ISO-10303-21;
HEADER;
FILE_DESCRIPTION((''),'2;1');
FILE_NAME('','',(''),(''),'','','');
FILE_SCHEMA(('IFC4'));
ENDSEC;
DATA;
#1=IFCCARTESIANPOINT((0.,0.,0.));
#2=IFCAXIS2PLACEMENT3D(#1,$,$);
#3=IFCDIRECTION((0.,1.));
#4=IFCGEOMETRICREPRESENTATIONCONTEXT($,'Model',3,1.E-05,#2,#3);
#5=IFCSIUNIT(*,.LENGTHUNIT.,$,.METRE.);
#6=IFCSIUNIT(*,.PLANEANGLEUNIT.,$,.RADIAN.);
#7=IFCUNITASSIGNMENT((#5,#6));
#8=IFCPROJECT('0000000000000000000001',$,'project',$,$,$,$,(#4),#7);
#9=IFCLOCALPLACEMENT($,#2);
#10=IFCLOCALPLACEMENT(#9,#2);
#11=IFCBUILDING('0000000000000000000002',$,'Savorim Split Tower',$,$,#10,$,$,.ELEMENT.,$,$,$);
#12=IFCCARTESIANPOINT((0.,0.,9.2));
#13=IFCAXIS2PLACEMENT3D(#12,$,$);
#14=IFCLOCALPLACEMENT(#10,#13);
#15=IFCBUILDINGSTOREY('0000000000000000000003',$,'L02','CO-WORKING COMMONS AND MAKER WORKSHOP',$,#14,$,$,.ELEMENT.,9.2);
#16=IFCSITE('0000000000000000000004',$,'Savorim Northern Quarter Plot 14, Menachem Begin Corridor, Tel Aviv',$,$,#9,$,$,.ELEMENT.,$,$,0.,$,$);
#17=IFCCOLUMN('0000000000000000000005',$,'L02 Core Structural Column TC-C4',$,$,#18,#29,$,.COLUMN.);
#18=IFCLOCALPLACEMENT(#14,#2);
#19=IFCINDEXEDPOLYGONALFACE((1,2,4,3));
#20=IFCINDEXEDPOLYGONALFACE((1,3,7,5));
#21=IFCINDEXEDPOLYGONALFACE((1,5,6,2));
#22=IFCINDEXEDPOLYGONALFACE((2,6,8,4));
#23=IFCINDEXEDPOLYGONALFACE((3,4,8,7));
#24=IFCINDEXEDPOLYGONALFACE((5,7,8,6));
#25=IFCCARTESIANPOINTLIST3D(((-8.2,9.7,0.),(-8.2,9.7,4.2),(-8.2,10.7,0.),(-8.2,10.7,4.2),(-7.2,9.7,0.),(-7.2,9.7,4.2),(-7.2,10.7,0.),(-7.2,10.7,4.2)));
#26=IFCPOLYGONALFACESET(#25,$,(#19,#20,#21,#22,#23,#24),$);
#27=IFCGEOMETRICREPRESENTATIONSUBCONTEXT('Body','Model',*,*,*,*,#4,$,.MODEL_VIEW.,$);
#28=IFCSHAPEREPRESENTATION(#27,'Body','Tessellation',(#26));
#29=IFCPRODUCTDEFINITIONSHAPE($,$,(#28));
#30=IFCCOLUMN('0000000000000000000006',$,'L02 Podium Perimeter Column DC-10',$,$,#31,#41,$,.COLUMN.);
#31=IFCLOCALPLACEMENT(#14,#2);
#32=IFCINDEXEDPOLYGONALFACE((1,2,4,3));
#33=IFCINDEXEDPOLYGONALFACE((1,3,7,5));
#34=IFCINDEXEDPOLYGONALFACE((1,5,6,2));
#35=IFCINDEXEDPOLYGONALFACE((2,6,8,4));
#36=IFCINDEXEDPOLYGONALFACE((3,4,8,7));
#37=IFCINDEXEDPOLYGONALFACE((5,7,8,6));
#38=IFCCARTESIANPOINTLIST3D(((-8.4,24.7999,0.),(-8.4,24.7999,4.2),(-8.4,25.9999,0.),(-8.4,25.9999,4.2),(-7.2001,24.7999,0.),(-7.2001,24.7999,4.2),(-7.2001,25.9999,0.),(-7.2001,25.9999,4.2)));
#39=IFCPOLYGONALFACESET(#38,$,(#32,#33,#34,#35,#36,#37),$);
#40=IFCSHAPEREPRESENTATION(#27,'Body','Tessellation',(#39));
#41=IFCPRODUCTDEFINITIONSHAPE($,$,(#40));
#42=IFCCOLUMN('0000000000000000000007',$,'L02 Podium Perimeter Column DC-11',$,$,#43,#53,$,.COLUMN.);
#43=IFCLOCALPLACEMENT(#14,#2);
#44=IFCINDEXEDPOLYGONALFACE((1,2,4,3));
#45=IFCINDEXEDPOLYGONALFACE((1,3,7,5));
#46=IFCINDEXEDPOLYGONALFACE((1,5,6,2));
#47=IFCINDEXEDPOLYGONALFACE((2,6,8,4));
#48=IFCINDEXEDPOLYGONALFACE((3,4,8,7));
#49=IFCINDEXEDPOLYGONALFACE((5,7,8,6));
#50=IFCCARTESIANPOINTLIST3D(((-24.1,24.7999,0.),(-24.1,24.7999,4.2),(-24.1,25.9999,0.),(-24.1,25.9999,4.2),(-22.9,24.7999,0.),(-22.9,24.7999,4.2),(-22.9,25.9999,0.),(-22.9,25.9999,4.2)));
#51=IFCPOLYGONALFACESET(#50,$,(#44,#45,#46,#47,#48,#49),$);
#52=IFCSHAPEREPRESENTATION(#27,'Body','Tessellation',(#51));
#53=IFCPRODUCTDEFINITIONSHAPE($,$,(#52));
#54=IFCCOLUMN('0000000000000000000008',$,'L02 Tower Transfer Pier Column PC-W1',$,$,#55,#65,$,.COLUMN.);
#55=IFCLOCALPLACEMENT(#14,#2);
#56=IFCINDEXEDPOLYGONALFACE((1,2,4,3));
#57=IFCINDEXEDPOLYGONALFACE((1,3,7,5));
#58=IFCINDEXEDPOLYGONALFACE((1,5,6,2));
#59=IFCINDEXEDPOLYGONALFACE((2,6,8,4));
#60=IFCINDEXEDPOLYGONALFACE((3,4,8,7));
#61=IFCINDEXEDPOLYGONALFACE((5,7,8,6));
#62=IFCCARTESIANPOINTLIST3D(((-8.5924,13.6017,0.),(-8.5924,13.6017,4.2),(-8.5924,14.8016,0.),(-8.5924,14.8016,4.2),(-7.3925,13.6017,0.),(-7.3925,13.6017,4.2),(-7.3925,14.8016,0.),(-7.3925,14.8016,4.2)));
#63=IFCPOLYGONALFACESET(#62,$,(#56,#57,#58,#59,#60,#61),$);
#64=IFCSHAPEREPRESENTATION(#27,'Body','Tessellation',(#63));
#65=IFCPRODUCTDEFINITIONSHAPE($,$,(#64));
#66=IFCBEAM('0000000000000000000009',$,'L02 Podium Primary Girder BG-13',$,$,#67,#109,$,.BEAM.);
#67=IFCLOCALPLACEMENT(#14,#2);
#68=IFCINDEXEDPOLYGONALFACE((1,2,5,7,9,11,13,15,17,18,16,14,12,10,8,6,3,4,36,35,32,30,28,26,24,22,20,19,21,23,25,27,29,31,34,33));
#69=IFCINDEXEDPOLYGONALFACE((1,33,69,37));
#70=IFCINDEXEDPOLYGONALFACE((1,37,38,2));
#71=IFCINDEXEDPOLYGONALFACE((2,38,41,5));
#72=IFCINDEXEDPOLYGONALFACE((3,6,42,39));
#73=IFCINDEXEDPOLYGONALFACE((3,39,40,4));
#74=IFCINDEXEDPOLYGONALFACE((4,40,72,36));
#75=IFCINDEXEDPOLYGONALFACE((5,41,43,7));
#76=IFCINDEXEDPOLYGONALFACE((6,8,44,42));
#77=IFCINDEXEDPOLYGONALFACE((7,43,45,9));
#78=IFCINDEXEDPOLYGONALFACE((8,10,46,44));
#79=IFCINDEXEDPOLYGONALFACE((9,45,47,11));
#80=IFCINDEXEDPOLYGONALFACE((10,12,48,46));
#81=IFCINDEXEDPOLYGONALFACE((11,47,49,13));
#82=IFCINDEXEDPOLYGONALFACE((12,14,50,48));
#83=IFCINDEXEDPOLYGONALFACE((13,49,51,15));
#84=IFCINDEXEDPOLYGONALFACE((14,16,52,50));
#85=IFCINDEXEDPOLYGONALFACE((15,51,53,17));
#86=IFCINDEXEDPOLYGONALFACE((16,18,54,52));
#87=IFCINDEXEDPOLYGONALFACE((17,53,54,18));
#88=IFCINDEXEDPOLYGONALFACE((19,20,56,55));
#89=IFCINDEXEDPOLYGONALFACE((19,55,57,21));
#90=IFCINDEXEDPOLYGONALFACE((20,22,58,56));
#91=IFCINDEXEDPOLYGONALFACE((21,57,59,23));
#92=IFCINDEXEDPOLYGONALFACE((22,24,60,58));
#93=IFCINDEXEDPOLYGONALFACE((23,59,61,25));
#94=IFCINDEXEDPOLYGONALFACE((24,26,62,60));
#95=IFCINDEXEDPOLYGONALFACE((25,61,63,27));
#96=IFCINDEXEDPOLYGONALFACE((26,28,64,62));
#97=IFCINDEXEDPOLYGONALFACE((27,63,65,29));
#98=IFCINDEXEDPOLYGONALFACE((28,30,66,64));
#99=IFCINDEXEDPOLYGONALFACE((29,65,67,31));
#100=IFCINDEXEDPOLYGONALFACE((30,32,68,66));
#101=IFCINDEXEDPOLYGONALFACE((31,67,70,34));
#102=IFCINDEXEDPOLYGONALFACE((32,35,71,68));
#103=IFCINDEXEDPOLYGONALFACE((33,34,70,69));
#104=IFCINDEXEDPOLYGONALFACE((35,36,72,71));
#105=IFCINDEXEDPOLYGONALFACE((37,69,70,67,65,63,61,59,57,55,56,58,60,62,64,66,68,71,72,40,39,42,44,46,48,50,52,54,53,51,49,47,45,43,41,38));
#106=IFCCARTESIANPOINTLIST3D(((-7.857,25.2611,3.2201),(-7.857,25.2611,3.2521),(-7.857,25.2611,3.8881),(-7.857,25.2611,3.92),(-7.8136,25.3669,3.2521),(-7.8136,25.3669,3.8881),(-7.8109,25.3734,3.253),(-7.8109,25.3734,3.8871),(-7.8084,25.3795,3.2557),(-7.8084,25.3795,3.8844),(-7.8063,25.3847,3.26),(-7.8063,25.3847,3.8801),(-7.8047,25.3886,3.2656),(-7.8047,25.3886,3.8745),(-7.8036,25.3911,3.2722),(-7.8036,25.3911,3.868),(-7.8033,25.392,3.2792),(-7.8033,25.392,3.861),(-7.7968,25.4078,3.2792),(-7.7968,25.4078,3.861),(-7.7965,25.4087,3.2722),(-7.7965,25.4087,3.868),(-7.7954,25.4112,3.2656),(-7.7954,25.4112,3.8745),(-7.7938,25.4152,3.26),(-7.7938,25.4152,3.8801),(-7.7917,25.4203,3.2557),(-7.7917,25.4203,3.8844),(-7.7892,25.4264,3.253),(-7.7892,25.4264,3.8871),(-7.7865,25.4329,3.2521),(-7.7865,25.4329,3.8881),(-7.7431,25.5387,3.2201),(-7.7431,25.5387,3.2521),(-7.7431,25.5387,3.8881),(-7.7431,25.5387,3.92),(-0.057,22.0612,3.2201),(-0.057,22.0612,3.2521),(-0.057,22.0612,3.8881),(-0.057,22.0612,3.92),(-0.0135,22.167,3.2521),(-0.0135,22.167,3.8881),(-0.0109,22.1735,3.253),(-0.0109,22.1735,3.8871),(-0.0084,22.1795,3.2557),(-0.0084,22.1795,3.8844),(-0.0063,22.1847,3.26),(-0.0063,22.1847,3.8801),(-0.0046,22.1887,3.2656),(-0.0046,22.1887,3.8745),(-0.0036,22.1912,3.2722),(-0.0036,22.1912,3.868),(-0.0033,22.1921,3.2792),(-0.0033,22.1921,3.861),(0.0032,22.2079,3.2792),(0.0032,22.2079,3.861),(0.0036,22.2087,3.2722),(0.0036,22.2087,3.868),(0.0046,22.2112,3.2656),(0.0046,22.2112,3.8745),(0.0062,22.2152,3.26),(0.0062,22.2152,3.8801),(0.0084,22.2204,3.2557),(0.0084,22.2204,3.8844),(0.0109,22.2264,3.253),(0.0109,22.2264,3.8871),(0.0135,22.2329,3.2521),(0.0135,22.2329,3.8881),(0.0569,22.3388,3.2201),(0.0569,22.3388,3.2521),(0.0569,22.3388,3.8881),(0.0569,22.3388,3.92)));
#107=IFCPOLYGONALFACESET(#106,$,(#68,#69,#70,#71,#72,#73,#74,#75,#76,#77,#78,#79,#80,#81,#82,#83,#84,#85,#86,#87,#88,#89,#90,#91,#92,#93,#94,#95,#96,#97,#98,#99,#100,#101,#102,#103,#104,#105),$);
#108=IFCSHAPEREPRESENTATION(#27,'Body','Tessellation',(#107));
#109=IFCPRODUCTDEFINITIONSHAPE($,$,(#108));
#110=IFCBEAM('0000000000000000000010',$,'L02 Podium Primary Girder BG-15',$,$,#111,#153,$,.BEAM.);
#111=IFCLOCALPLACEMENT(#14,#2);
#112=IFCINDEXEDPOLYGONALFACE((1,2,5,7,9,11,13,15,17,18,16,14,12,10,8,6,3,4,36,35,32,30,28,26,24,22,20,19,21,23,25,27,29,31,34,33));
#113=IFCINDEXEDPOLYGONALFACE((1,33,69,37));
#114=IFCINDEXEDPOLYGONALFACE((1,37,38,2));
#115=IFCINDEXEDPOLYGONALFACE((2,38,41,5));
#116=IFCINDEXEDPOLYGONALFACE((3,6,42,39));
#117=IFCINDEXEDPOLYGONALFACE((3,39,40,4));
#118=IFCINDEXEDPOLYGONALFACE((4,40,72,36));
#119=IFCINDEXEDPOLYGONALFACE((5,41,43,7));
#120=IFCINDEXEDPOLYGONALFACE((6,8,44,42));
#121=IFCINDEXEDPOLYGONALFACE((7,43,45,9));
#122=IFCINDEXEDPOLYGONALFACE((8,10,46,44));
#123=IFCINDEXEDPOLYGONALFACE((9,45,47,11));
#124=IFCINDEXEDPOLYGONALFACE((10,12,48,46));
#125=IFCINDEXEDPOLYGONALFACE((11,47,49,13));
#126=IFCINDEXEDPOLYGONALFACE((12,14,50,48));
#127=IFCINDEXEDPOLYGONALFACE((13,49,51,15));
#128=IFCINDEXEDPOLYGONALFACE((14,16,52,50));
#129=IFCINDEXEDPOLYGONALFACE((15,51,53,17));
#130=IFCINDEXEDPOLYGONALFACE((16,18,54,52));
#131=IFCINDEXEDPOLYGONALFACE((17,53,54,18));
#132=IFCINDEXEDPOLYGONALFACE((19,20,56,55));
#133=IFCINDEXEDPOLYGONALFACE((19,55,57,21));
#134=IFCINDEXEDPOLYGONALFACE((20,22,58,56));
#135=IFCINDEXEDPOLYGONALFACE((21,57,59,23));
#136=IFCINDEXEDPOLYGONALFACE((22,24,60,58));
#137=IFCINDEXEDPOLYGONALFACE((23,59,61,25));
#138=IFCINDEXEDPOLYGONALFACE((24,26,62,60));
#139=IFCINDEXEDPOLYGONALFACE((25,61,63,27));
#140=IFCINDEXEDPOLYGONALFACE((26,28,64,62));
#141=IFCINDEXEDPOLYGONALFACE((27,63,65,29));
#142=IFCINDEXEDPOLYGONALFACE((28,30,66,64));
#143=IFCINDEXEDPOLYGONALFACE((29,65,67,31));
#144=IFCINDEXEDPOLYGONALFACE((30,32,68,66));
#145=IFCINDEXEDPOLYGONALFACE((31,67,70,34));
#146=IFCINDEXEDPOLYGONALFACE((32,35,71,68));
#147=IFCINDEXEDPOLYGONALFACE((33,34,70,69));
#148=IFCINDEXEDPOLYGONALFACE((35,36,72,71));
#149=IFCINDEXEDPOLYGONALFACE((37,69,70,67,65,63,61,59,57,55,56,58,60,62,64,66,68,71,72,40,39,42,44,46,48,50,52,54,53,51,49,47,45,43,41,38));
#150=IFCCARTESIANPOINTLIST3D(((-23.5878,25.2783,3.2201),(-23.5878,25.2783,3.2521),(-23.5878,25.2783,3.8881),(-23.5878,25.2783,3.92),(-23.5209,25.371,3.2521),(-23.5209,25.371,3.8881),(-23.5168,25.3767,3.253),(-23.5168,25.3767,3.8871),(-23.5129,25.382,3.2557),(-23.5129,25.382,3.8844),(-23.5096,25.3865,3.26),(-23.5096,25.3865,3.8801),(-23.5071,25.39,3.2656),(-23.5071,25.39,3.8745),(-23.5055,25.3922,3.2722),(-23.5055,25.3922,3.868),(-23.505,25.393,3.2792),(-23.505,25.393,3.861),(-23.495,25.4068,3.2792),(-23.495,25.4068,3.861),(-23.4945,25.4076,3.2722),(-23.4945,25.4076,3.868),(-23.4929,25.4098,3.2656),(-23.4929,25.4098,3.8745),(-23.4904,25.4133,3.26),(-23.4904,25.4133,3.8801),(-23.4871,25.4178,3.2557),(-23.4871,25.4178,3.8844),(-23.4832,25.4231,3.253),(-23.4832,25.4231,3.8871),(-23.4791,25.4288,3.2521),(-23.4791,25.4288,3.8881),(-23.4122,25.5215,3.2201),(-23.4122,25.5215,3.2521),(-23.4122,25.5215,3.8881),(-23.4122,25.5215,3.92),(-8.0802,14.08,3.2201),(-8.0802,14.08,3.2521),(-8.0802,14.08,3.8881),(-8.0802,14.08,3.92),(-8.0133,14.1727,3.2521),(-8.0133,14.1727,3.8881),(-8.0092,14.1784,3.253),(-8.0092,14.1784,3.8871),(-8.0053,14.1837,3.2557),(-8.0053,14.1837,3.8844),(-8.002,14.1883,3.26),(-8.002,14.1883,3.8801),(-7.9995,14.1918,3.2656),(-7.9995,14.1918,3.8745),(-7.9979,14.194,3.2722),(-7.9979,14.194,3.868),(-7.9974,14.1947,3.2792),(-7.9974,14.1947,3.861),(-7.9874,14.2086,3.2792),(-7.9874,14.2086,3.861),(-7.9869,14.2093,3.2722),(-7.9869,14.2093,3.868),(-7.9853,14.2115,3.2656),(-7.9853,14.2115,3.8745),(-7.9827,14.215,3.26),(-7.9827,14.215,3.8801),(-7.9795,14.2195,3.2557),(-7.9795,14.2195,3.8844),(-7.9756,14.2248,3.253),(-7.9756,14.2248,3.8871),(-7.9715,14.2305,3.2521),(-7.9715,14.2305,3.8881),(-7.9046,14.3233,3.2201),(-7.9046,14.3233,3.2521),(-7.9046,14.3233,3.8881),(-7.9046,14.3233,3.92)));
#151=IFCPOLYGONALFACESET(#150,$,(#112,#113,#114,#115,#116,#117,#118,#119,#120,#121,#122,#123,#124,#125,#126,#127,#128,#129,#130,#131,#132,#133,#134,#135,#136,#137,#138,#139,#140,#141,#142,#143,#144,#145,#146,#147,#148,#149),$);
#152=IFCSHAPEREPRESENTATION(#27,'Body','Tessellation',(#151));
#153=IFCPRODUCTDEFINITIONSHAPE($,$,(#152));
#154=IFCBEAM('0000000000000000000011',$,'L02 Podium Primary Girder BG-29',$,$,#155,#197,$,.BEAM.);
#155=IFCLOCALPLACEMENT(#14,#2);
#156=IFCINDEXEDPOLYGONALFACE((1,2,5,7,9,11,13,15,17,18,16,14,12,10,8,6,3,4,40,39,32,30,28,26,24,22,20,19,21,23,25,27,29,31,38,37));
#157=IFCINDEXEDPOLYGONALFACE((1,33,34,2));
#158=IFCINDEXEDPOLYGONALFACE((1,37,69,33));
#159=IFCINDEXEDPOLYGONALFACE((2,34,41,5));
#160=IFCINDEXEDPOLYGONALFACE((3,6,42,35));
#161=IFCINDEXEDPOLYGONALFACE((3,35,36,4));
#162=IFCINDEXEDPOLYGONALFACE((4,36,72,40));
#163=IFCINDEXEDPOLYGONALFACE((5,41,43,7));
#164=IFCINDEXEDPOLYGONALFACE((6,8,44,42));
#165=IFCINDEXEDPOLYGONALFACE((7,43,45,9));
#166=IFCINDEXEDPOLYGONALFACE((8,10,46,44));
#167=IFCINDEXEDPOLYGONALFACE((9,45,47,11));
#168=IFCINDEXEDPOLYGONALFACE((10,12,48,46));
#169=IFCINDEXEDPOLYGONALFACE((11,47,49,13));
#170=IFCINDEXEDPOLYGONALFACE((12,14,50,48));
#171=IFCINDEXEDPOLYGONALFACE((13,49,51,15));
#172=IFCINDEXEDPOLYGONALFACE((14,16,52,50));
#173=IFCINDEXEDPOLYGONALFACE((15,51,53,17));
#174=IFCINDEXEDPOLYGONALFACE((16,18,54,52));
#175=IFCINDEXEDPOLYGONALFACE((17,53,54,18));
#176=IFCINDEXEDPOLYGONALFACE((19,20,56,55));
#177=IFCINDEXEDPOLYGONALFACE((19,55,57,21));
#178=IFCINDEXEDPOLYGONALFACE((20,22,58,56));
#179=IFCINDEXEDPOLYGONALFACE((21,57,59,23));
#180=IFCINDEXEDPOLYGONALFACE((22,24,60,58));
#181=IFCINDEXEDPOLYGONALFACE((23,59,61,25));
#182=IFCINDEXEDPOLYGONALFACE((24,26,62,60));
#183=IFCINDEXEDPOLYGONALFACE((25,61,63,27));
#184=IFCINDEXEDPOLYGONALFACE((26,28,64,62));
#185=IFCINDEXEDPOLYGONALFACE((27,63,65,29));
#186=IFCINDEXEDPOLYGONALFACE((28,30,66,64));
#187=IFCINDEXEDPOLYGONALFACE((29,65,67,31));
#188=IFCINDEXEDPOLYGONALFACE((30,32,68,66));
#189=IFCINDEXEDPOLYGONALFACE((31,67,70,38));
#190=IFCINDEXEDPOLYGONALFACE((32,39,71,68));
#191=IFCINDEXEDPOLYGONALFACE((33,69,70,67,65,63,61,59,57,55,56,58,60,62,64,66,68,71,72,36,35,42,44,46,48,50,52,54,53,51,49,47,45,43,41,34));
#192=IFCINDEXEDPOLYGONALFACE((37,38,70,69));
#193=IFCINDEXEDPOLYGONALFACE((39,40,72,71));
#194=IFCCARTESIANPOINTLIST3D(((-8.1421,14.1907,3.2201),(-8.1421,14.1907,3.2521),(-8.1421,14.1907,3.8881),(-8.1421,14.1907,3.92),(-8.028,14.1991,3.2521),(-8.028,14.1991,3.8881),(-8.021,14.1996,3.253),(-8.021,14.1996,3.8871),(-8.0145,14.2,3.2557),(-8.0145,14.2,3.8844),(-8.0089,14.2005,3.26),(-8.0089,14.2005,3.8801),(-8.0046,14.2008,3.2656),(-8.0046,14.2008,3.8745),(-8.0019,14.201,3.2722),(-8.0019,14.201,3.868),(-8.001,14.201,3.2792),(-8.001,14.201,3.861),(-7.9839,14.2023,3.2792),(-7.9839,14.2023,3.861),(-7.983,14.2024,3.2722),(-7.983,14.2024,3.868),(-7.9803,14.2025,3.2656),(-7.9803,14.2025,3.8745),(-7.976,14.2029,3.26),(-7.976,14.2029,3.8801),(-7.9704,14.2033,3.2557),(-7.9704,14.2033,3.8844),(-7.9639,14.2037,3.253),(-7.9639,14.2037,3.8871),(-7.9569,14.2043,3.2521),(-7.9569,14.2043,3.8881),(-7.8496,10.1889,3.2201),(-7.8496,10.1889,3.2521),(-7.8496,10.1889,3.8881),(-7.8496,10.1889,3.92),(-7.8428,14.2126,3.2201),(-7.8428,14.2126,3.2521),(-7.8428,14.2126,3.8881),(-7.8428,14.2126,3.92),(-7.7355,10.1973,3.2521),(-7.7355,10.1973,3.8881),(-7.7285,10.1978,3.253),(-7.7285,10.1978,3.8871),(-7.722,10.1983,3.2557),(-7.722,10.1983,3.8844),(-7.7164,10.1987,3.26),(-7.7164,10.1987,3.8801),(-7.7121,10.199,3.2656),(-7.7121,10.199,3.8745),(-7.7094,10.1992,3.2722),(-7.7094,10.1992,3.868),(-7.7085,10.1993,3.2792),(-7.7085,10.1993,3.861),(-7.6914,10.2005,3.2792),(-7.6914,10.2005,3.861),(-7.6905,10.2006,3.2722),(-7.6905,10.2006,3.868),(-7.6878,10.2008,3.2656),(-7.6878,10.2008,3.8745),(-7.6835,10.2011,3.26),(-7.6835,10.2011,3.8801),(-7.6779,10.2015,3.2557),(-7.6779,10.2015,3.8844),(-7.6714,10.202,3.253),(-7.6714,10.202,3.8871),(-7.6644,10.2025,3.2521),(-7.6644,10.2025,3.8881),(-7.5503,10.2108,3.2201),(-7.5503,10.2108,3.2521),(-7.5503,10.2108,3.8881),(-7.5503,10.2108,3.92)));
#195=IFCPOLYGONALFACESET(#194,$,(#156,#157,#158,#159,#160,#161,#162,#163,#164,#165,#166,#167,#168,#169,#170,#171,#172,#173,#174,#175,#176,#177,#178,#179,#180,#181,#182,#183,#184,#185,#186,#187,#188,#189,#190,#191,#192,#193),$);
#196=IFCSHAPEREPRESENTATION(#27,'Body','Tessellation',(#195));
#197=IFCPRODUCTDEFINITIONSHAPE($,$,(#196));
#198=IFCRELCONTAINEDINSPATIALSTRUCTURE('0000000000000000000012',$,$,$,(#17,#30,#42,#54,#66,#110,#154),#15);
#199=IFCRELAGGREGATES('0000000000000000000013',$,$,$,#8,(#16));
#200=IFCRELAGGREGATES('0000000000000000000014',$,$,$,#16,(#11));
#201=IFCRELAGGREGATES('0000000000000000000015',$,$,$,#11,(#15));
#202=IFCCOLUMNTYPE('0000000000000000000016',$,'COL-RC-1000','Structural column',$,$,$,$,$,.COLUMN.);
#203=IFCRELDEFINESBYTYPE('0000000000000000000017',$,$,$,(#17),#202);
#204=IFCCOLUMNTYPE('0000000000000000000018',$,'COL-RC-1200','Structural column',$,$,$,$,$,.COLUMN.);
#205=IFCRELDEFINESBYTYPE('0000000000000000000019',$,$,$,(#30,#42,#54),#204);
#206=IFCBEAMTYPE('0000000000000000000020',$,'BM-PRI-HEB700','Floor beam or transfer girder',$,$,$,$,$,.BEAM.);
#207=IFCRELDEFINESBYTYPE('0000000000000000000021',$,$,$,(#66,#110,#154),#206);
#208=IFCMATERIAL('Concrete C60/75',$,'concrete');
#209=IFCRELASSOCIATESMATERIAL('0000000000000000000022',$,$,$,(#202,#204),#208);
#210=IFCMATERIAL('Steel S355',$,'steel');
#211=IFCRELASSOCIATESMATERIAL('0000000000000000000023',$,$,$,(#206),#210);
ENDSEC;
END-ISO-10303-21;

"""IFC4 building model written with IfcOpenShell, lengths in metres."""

from ifc_helpers import new_model, si_unit, direction, frame, origin, origin_2d, place, context, subcontext, project, spatial, rectangle, i_section, extrude, material, material_profile, profile_set, type_object, element, save


model = new_model("IFC4")

# Units and contexts
model_context = context("Model", 3, precision=1e-05, world=origin(), true_north=direction((0.0, 1.0)))
body_context = subcontext(model_context, "Body", "Model", "MODEL_VIEW")
ifc_project = project(units=[si_unit("LENGTHUNIT", "METRE"), si_unit("PLANEANGLEUNIT", "RADIAN")], contexts=[model_context])

# Site, building, storey
site_placement = place(None, origin())
site = spatial("IfcSite", under=ifc_project, at=site_placement, Name="Savorim Northern Quarter Plot 14, Menachem Begin Corridor, Tel Aviv", CompositionType="ELEMENT", RefElevation=0.0)
building_placement = place(site_placement, origin())
building = spatial("IfcBuilding", under=site, at=building_placement, Name="Savorim Split Tower", CompositionType="ELEMENT")
storey_placement = place(building_placement, frame((0.0, 0.0, 9.2)))
storey = spatial("IfcBuildingStorey", under=building, at=storey_placement, Name="L02", Description="CO-WORKING COMMONS AND MAKER WORKSHOP", CompositionType="ELEMENT", Elevation=9.2)

# Columns
ifc_material_1 = material(Name="Concrete C60/75", Category="concrete")
ifc_material_profile_1 = material_profile(ifc_material_1, rectangle(XDim=1.0, YDim=1.0, at=origin_2d()), Name="RC 1000x1000")
ifc_profile_set_1 = profile_set([ifc_material_profile_1], Name="Concrete C60/75")
column_type_1 = type_object("IfcColumnType", Name="COL-RC-1000", Description="Structural column", PredefinedType="COLUMN", material=ifc_profile_set_1)
column_placement = place(storey_placement, frame((-7.7, 10.2, 0.0), z_axis=(0.0, 0.0, 1.0), x_axis=(1.0, 0.0, 0.0)))
element("IfcColumn", 1, at=column_placement, inside=storey, type_object=column_type_1, Name="L02 Core Structural Column TC-C4", PredefinedType="COLUMN", context=body_context, shape_type="SweptSolid", body=[
    extrude(rectangle(XDim=1.0, YDim=1.0, at=origin_2d()), origin(), (0.0, 0.0, 1.0), 4.2),
])
ifc_material_profile_2 = material_profile(ifc_material_1, rectangle(XDim=1.2, YDim=1.2, at=origin_2d()), Name="RC 1200x1200")
ifc_profile_set_2 = profile_set([ifc_material_profile_2], Name="Concrete C60/75")
column_type_2 = type_object("IfcColumnType", Name="COL-RC-1200", Description="Structural column", PredefinedType="COLUMN", material=ifc_profile_set_2)
for number, where, z_axis, x_axis, name in (
    (2, (-7.8, 25.3999, 0.0), (0.0, 0.0, 1.0), (1.0, 0.0, 0.0), "L02 Podium Perimeter Column DC-10"),
    (3, (-23.5, 25.3999, 0.0), (0.0, 0.0, 1.0), (1.0, 0.0, 0.0), "L02 Podium Perimeter Column DC-11"),
    (4, (-7.9924, 14.2017, 0.0), (0.0, 0.0, 1.0), (1.0, 0.0, 0.0), "L02 Tower Transfer Pier Column PC-W1"),
):
    element("IfcColumn", number, at=place(storey_placement, frame(where, z_axis=z_axis, x_axis=x_axis)), inside=storey, type_object=column_type_2, Name=name, PredefinedType="COLUMN", context=body_context, shape_type="SweptSolid", body=[
        extrude(rectangle(XDim=1.2, YDim=1.2, at=origin_2d()), origin(), (0.0, 0.0, 1.0), 4.2),
    ])

# Beams
ifc_material_2 = material(Name="Steel S355", Category="steel")
ifc_material_profile_3 = material_profile(ifc_material_2, i_section(OverallWidth=0.3, OverallDepth=0.7, WebThickness=0.0171, FlangeThickness=0.032, FilletRadius=0.0271, at=origin_2d()), Name="HEB 700")
ifc_profile_set_3 = profile_set([ifc_material_profile_3], Name="Steel S355")
beam_type_1 = type_object("IfcBeamType", Name="BM-PRI-HEB700", Description="Floor beam or transfer girder", PredefinedType="BEAM", material=ifc_profile_set_3)
beam_1_placement = place(storey_placement, frame((-7.8, 25.3999, 3.5701), z_axis=(0.925171, -0.379549, 0.0), x_axis=(0.379549, 0.925171, 0.0)))
element("IfcBeam", 5, at=beam_1_placement, inside=storey, type_object=beam_type_1, Name="L02 Podium Primary Girder BG-13", PredefinedType="BEAM", context=body_context, shape_type="SweptSolid", body=[
    extrude(i_section(OverallWidth=0.3, OverallDepth=0.7, WebThickness=0.0171, FlangeThickness=0.032, FilletRadius=0.0271, at=origin_2d()), origin(), (0.0, 0.0, 1.0), 8.4309),
])
beam_2_placement = place(storey_placement, frame((-23.5, 25.3999, 3.5701), z_axis=(0.810721, -0.585433, 0.0), x_axis=(0.585433, 0.810721, 0.0)))
element("IfcBeam", 6, at=beam_2_placement, inside=storey, type_object=beam_type_1, Name="L02 Podium Primary Girder BG-15", PredefinedType="BEAM", context=body_context, shape_type="SweptSolid", body=[
    extrude(i_section(OverallWidth=0.3, OverallDepth=0.7, WebThickness=0.0171, FlangeThickness=0.032, FilletRadius=0.0271, at=origin_2d()), origin(), (0.0, 0.0, 1.0), 19.1282),
])
beam_3_placement = place(storey_placement, frame((-7.9924, 14.2017, 3.5701), z_axis=(0.072894, -0.99734, 0.0), x_axis=(0.99734, 0.072894, 0.0)))
element("IfcBeam", 7, at=beam_3_placement, inside=storey, type_object=beam_type_1, Name="L02 Podium Primary Girder BG-29", PredefinedType="BEAM", context=body_context, shape_type="SweptSolid", body=[
    extrude(i_section(OverallWidth=0.3, OverallDepth=0.7, WebThickness=0.0171, FlangeThickness=0.032, FilletRadius=0.0271, at=origin_2d()), origin(), (0.0, 0.0, 1.0), 4.0125),
])

save(model, "model.ifc")
